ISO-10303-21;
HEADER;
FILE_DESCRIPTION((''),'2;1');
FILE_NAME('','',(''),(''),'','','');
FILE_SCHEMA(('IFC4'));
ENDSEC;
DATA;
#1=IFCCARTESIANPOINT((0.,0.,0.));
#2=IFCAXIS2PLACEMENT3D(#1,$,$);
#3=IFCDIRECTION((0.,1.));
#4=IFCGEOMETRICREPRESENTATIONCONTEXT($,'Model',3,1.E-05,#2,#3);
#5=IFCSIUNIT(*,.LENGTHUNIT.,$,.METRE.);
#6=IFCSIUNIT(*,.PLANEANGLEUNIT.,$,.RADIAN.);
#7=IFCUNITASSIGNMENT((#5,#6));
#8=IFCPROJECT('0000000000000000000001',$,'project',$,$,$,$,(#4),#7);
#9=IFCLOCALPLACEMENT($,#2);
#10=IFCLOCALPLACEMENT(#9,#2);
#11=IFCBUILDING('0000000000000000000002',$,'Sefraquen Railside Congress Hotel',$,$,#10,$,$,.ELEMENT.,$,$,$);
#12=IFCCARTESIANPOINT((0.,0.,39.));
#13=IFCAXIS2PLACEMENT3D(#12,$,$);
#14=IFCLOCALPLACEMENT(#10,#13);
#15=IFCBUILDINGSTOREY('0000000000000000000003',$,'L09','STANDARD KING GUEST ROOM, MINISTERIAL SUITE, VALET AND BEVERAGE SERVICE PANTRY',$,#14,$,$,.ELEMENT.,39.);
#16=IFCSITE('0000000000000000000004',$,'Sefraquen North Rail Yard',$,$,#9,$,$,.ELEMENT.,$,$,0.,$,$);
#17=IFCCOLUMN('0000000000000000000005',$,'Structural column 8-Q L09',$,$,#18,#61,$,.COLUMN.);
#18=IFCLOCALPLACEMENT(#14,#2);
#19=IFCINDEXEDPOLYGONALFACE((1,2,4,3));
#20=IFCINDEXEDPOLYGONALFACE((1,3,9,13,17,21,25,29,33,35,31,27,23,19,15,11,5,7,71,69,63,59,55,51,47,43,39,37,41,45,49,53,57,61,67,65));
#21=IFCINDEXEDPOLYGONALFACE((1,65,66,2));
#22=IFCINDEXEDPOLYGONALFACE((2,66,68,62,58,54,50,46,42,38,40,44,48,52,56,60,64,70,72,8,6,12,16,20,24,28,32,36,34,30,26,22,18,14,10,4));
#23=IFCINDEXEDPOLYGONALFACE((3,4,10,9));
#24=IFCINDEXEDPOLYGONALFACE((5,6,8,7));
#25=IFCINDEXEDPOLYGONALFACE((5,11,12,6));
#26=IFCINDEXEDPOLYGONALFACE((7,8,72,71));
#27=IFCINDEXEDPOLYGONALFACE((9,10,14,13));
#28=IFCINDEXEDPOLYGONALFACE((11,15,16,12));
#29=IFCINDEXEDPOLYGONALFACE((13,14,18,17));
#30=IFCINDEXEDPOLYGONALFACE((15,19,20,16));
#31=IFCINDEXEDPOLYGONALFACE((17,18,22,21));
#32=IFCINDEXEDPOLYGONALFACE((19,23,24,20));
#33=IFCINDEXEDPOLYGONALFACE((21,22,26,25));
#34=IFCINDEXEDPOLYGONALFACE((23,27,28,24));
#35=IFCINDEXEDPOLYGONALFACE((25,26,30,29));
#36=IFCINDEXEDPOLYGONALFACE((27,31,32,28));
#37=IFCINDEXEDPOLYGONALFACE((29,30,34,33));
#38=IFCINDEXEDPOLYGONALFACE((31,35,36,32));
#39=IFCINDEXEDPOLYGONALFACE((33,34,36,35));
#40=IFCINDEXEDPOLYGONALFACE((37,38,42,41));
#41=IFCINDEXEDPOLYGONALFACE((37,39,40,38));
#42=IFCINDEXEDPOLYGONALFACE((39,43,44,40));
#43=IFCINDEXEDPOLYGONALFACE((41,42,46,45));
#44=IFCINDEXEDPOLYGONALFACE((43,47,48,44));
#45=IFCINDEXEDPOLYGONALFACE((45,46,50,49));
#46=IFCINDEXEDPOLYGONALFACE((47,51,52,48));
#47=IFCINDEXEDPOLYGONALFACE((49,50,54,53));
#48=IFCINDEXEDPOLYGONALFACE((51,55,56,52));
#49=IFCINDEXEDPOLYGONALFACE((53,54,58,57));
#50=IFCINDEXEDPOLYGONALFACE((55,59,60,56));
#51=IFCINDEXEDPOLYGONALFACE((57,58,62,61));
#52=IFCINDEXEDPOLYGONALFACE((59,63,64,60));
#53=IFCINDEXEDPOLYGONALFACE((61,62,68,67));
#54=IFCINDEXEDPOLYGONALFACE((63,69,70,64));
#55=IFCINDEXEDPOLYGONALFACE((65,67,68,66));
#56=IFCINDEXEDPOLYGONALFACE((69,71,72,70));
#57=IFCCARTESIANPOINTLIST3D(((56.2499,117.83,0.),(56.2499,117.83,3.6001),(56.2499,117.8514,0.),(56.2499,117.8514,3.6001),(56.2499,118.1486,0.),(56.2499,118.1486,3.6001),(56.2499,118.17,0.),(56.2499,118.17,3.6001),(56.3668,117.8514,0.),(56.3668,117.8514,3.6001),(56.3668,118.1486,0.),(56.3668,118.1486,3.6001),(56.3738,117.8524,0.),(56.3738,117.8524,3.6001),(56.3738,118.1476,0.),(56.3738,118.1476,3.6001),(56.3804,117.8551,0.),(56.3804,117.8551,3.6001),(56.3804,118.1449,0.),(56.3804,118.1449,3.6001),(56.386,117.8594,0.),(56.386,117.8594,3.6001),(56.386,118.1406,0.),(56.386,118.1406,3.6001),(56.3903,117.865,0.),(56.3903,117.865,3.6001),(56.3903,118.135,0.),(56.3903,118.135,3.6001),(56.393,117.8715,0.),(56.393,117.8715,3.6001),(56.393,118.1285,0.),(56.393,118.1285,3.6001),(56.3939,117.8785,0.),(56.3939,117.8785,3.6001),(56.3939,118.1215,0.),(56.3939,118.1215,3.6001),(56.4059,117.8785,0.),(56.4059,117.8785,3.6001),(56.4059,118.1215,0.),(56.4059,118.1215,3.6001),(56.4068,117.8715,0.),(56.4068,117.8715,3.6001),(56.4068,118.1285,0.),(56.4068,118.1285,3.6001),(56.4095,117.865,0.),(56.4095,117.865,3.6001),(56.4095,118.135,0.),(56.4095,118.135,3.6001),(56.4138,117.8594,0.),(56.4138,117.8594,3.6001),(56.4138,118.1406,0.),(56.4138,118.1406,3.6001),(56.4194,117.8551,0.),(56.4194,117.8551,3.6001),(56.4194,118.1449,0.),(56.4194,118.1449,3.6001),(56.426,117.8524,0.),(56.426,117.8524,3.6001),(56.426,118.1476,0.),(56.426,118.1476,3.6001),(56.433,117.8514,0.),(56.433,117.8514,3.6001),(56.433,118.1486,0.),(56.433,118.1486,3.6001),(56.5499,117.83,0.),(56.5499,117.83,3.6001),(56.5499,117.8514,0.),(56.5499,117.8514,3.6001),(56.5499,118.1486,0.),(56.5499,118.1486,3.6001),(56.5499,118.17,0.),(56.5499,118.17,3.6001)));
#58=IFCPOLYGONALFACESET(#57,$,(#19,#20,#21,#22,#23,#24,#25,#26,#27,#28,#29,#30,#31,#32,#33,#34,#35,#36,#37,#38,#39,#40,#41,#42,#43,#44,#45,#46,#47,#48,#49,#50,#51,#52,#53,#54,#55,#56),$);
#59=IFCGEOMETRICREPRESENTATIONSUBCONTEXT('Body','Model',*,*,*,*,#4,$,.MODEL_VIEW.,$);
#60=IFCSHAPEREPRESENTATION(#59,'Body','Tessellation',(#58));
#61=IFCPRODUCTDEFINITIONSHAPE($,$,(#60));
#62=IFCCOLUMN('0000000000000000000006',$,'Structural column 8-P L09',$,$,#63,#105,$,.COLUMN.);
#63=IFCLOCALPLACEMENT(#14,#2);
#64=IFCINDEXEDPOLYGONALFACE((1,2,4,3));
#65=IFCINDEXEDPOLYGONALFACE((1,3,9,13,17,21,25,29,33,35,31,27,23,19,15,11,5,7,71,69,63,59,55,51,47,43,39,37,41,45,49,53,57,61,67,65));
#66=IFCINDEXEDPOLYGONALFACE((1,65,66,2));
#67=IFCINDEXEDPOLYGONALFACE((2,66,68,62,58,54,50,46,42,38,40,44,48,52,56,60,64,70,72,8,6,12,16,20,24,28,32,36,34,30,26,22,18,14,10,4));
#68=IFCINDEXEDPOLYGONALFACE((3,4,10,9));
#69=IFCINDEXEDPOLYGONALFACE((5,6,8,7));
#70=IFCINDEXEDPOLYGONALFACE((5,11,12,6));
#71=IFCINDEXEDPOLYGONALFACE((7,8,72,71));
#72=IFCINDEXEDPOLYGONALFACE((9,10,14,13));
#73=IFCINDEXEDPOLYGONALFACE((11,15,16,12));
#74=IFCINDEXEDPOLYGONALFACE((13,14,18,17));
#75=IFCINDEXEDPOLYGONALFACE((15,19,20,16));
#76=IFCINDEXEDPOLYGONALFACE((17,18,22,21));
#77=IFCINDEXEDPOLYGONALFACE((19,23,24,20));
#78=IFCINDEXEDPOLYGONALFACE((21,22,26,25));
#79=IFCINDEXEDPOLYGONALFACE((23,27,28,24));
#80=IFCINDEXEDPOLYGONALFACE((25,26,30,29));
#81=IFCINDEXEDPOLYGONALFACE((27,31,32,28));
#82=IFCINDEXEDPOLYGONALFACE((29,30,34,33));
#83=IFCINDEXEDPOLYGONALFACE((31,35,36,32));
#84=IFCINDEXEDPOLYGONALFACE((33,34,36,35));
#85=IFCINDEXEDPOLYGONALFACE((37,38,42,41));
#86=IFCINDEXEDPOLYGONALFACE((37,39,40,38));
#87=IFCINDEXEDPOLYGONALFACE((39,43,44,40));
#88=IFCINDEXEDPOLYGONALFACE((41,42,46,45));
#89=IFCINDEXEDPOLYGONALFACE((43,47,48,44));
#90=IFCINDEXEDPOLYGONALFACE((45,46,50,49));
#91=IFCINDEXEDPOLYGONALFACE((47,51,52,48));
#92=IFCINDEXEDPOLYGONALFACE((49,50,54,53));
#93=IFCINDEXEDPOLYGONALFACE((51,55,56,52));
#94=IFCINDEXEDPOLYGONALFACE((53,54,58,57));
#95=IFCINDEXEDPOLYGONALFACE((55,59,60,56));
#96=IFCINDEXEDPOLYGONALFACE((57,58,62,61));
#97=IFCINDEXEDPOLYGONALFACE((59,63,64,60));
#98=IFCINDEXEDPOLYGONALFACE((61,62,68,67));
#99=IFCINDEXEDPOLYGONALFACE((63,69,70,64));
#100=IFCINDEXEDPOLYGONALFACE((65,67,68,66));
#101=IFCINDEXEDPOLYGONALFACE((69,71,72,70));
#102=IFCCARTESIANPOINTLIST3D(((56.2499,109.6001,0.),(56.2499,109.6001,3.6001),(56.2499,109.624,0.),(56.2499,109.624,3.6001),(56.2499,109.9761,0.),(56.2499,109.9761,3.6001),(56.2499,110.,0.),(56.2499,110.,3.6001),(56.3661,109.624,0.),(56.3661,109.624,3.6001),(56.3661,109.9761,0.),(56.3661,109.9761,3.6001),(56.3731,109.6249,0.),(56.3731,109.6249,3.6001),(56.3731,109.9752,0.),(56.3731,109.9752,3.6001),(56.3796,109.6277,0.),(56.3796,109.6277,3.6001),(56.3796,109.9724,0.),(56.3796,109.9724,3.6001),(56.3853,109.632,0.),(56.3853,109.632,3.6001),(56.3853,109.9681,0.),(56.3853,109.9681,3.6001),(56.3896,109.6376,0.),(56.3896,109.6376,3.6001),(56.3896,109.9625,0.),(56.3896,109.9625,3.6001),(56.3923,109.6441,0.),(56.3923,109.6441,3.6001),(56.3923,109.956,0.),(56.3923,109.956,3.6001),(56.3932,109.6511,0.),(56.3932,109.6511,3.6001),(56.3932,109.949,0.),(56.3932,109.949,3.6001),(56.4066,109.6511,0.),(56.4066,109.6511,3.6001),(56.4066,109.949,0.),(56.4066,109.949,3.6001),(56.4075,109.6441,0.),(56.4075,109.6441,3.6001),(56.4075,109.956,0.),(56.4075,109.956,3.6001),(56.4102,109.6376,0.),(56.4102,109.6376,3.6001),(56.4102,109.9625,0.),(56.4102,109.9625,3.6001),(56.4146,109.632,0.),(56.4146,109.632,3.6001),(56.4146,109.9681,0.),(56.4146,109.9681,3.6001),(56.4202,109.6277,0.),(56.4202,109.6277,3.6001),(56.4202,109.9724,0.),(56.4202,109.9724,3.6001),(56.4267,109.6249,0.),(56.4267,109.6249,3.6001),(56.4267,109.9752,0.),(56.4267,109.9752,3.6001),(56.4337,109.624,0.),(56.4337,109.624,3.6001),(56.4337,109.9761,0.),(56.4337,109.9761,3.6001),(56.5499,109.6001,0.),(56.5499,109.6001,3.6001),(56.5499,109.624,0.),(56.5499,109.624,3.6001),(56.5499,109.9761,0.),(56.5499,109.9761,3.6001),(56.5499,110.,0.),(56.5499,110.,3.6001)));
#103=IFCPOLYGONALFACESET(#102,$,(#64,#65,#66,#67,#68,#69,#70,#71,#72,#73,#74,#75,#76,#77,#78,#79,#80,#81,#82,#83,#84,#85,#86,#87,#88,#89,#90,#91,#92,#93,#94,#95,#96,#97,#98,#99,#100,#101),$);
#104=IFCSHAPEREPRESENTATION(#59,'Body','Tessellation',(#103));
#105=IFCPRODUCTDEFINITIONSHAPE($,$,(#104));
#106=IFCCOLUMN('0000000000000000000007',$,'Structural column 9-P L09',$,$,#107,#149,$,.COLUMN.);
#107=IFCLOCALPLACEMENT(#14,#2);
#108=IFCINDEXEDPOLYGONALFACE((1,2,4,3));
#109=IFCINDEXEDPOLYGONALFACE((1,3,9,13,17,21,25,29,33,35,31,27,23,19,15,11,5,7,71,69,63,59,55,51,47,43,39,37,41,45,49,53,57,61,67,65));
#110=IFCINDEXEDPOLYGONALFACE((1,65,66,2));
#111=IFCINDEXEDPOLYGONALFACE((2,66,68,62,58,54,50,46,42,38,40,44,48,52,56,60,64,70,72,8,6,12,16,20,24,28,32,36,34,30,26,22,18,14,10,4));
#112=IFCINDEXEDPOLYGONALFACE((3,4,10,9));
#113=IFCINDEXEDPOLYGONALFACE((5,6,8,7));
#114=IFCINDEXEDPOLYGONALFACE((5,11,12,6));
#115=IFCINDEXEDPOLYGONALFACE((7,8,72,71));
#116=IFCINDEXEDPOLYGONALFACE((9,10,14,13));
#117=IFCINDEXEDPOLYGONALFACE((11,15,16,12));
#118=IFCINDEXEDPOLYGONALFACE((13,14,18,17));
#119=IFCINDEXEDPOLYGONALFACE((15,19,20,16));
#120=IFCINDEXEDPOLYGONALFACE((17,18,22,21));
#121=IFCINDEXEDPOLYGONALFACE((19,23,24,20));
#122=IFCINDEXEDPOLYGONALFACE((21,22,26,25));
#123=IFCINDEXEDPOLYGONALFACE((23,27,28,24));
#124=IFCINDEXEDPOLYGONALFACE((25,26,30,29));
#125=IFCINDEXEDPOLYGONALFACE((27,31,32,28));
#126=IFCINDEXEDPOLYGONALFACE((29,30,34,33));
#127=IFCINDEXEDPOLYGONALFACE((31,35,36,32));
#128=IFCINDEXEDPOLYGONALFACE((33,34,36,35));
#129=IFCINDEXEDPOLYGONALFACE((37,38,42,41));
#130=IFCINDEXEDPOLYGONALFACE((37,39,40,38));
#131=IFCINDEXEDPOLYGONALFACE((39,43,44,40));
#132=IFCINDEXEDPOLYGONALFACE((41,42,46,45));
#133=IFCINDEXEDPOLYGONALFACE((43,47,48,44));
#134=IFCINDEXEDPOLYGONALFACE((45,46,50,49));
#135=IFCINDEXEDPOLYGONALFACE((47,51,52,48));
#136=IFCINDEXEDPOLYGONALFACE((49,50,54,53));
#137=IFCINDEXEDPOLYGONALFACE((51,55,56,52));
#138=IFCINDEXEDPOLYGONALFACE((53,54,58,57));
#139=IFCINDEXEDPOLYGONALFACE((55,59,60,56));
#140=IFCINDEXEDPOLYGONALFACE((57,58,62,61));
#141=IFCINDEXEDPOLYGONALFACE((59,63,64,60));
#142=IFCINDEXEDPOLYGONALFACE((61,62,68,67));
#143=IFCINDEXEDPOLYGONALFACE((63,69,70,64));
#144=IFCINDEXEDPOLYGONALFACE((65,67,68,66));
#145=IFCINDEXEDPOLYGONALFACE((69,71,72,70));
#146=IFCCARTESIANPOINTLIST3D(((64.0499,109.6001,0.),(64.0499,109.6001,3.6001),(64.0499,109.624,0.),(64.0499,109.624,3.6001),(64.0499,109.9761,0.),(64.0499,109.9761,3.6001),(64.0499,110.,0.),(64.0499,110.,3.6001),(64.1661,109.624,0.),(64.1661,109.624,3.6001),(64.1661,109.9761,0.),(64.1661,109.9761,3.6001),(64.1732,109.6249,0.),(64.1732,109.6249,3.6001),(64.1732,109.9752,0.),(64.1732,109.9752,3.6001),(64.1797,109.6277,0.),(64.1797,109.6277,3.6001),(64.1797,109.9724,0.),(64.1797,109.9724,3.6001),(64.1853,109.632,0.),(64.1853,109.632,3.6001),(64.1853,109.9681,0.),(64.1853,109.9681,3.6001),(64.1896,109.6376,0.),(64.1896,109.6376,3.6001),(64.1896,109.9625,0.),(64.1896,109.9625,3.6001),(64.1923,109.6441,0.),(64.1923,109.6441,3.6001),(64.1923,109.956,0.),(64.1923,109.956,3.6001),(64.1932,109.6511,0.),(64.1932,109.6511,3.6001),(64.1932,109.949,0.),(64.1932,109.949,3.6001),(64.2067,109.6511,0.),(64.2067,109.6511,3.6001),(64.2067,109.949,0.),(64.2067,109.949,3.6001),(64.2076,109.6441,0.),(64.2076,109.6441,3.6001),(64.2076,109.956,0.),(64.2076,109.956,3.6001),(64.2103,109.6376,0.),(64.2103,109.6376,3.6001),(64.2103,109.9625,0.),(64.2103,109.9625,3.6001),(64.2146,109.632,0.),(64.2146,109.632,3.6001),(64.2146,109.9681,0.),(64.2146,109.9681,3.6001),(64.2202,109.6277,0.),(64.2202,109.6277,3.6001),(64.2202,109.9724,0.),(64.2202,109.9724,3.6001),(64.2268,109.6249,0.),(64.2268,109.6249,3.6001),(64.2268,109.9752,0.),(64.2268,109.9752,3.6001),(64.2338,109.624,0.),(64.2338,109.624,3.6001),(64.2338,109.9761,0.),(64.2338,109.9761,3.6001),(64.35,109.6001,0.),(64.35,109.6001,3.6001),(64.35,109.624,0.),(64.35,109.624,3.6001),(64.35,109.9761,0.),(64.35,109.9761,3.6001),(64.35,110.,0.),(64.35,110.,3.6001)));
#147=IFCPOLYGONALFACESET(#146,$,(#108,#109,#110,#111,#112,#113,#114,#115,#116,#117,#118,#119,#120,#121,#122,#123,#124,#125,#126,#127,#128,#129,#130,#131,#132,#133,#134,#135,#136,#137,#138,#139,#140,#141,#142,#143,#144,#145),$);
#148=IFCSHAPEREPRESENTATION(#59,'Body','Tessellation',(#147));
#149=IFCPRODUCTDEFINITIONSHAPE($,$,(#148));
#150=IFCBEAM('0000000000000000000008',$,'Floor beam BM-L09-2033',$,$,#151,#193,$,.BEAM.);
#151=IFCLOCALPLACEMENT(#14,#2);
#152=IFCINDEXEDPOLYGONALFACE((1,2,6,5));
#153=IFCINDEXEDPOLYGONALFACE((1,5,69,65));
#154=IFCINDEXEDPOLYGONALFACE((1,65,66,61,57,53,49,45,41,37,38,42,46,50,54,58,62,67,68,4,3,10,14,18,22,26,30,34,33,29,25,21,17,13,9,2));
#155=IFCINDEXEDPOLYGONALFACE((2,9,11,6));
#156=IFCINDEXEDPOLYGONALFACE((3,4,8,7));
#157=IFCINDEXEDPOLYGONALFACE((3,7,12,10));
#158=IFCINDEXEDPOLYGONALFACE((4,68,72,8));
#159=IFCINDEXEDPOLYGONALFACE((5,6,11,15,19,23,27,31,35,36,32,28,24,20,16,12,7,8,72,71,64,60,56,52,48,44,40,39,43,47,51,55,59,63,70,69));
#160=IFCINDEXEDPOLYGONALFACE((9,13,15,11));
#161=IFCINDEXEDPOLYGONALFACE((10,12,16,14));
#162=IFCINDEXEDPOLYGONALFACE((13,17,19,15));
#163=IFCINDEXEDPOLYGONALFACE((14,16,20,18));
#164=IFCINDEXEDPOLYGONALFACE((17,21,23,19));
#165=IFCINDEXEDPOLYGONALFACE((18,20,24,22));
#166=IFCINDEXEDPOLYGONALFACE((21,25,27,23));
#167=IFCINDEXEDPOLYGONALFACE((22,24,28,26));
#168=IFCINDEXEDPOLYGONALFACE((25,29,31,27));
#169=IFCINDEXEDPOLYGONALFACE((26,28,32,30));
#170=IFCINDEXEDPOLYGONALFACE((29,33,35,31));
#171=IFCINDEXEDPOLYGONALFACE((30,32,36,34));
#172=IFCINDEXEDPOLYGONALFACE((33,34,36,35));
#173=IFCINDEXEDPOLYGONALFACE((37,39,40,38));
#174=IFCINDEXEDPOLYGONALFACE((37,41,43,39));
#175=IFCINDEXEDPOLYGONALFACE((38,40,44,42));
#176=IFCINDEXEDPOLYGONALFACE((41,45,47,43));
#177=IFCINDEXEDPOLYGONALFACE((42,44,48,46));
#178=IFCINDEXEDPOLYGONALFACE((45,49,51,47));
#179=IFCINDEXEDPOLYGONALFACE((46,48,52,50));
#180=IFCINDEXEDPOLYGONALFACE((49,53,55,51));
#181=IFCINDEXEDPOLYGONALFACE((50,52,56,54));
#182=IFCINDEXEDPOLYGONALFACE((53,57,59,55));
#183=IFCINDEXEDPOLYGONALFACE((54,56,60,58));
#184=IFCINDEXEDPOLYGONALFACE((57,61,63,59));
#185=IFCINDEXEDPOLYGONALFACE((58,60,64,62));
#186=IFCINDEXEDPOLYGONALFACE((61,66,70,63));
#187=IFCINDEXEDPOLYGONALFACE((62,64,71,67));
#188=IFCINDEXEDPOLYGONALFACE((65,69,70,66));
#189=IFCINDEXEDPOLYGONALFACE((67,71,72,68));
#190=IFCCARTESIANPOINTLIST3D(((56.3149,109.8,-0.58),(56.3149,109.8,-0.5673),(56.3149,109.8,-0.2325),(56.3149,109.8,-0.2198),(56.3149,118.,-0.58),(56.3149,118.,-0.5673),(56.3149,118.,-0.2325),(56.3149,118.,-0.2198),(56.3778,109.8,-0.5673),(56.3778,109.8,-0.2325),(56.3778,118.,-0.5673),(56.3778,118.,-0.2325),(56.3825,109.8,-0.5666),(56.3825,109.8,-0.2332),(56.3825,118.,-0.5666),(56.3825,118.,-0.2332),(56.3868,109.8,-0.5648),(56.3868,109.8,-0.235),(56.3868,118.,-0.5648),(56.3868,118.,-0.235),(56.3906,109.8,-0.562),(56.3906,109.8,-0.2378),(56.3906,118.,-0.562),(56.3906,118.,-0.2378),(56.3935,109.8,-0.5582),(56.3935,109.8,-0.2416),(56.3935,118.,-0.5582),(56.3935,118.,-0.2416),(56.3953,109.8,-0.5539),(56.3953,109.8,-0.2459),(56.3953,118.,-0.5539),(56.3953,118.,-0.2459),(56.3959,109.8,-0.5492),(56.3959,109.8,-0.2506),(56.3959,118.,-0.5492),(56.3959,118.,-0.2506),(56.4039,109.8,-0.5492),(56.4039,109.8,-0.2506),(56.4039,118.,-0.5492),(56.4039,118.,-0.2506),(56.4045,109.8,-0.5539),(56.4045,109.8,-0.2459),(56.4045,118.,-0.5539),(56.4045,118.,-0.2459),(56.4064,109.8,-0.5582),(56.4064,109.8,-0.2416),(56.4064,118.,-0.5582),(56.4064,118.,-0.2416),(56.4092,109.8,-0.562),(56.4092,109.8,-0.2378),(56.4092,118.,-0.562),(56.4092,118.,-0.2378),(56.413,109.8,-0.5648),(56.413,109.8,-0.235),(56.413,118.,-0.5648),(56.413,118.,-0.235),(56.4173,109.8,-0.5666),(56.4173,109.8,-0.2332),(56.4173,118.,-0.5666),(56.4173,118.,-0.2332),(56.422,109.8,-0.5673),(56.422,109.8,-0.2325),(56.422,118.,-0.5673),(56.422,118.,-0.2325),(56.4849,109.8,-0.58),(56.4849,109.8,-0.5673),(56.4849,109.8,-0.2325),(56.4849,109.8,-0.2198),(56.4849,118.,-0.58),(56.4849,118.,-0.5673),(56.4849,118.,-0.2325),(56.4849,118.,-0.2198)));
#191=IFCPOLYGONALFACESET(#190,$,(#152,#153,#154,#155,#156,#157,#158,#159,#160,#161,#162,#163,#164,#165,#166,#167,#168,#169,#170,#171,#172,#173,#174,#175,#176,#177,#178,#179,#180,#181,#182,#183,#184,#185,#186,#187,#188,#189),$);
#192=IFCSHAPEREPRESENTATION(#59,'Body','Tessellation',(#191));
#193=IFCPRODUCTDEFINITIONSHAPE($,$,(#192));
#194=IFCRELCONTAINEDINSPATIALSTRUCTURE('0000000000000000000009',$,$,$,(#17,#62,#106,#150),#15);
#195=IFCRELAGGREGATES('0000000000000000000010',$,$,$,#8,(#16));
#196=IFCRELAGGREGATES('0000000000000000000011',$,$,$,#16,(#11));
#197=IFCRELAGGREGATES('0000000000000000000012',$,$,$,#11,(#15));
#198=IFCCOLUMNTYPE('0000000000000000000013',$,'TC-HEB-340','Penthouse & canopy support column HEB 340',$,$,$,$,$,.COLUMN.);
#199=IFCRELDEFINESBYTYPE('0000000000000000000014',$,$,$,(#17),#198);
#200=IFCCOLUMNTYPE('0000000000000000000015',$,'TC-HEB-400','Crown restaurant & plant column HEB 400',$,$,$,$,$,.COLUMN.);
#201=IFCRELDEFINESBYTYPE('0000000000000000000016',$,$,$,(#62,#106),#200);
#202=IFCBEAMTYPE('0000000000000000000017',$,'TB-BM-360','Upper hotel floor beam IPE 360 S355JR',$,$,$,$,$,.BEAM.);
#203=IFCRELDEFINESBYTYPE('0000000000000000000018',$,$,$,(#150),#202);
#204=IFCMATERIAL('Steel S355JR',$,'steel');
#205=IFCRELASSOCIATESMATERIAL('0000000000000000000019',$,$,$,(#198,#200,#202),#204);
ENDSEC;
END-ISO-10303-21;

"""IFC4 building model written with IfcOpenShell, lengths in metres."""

from ifc_helpers import new_model, si_unit, direction, frame, origin, origin_2d, place, context, subcontext, project, spatial, i_section, extrude, material, material_profile, profile_set, type_object, element, save


model = new_model("IFC4")

# Units and contexts
model_context = context("Model", 3, precision=1e-05, world=origin(), true_north=direction((0.0, 1.0)))
body_context = subcontext(model_context, "Body", "Model", "MODEL_VIEW")
ifc_project = project(units=[si_unit("LENGTHUNIT", "METRE"), si_unit("PLANEANGLEUNIT", "RADIAN")], contexts=[model_context])

# Site, building, storey
site_placement = place(None, origin())
site = spatial("IfcSite", under=ifc_project, at=site_placement, Name="Sefraquen North Rail Yard", CompositionType="ELEMENT", RefElevation=0.0)
building_placement = place(site_placement, origin())
building = spatial("IfcBuilding", under=site, at=building_placement, Name="Sefraquen Railside Congress Hotel", CompositionType="ELEMENT")
storey_placement = place(building_placement, frame((0.0, 0.0, 39.0)))
storey = spatial("IfcBuildingStorey", under=building, at=storey_placement, Name="L09", Description="STANDARD KING GUEST ROOM, MINISTERIAL SUITE, VALET AND BEVERAGE SERVICE PANTRY", CompositionType="ELEMENT", Elevation=39.0)

# Columns
ifc_material_1 = material(Name="Steel S355JR", Category="steel")
ifc_material_profile_1 = material_profile(ifc_material_1, i_section(OverallWidth=0.3, OverallDepth=0.3401, WebThickness=0.012, FlangeThickness=0.0215, FilletRadius=0.0271, at=origin_2d()), Name="HEB 340")
ifc_profile_set_1 = profile_set([ifc_material_profile_1], Name="Steel S355JR")
column_type_1 = type_object("IfcColumnType", Name="TC-HEB-340", Description="Penthouse & canopy support column HEB 340", PredefinedType="COLUMN", material=ifc_profile_set_1)
column_placement = place(storey_placement, frame((56.3999, 118.0, 0.0), z_axis=(0.0, 0.0, 1.0), x_axis=(1.0, 0.0, 0.0)))
element("IfcColumn", 1, at=column_placement, inside=storey, type_object=column_type_1, Name="Structural column 8-Q L09", PredefinedType="COLUMN", context=body_context, shape_type="SweptSolid", body=[
    extrude(i_section(OverallWidth=0.3, OverallDepth=0.3401, WebThickness=0.012, FlangeThickness=0.0215, FilletRadius=0.0271, at=origin_2d()), origin(), (0.0, 0.0, 1.0), 3.6001),
])
ifc_material_profile_2 = material_profile(ifc_material_1, i_section(OverallWidth=0.3, OverallDepth=0.3999, WebThickness=0.0134, FlangeThickness=0.0239, FilletRadius=0.0271, at=origin_2d()), Name="HEB 400")
ifc_profile_set_2 = profile_set([ifc_material_profile_2], Name="Steel S355JR")
column_type_2 = type_object("IfcColumnType", Name="TC-HEB-400", Description="Crown restaurant & plant column HEB 400", PredefinedType="COLUMN", material=ifc_profile_set_2)
for number, where, z_axis, x_axis, name in (
    (2, (56.3999, 109.8, 0.0), (0.0, 0.0, 1.0), (1.0, 0.0, 0.0), "Structural column 8-P L09"),
    (3, (64.2, 109.8, 0.0), (0.0, 0.0, 1.0), (1.0, 0.0, 0.0), "Structural column 9-P L09"),
):
    element("IfcColumn", number, at=place(storey_placement, frame(where, z_axis=z_axis, x_axis=x_axis)), inside=storey, type_object=column_type_2, Name=name, PredefinedType="COLUMN", context=body_context, shape_type="SweptSolid", body=[
        extrude(i_section(OverallWidth=0.3, OverallDepth=0.3999, WebThickness=0.0134, FlangeThickness=0.0239, FilletRadius=0.0271, at=origin_2d()), origin(), (0.0, 0.0, 1.0), 3.6001),
    ])

# Beam
ifc_material_profile_3 = material_profile(ifc_material_1, i_section(OverallWidth=0.1699, OverallDepth=0.3601, WebThickness=0.0081, FlangeThickness=0.0127, FilletRadius=0.0181, at=origin_2d()), Name="IPE 360")
ifc_profile_set_3 = profile_set([ifc_material_profile_3], Name="Steel S355JR")
beam_type_1 = type_object("IfcBeamType", Name="TB-BM-360", Description="Upper hotel floor beam IPE 360 S355JR", PredefinedType="BEAM", material=ifc_profile_set_3)
for number, where, z_axis, x_axis, name in (
    (4, (56.3999, 109.8, -0.3999), (0.0, 1.0, 0.0), (-1.0, 0.0, 0.0), "Floor beam BM-L09-2033"),
):
    element("IfcBeam", number, at=place(storey_placement, frame(where, z_axis=z_axis, x_axis=x_axis)), inside=storey, type_object=beam_type_1, Name=name, PredefinedType="BEAM", context=body_context, shape_type="SweptSolid", body=[
        extrude(i_section(OverallWidth=0.1699, OverallDepth=0.3601, WebThickness=0.0081, FlangeThickness=0.0127, FilletRadius=0.0181, at=origin_2d()), origin(), (0.0, 0.0, 1.0), 8.2),
    ])

save(model, "model.ifc")
